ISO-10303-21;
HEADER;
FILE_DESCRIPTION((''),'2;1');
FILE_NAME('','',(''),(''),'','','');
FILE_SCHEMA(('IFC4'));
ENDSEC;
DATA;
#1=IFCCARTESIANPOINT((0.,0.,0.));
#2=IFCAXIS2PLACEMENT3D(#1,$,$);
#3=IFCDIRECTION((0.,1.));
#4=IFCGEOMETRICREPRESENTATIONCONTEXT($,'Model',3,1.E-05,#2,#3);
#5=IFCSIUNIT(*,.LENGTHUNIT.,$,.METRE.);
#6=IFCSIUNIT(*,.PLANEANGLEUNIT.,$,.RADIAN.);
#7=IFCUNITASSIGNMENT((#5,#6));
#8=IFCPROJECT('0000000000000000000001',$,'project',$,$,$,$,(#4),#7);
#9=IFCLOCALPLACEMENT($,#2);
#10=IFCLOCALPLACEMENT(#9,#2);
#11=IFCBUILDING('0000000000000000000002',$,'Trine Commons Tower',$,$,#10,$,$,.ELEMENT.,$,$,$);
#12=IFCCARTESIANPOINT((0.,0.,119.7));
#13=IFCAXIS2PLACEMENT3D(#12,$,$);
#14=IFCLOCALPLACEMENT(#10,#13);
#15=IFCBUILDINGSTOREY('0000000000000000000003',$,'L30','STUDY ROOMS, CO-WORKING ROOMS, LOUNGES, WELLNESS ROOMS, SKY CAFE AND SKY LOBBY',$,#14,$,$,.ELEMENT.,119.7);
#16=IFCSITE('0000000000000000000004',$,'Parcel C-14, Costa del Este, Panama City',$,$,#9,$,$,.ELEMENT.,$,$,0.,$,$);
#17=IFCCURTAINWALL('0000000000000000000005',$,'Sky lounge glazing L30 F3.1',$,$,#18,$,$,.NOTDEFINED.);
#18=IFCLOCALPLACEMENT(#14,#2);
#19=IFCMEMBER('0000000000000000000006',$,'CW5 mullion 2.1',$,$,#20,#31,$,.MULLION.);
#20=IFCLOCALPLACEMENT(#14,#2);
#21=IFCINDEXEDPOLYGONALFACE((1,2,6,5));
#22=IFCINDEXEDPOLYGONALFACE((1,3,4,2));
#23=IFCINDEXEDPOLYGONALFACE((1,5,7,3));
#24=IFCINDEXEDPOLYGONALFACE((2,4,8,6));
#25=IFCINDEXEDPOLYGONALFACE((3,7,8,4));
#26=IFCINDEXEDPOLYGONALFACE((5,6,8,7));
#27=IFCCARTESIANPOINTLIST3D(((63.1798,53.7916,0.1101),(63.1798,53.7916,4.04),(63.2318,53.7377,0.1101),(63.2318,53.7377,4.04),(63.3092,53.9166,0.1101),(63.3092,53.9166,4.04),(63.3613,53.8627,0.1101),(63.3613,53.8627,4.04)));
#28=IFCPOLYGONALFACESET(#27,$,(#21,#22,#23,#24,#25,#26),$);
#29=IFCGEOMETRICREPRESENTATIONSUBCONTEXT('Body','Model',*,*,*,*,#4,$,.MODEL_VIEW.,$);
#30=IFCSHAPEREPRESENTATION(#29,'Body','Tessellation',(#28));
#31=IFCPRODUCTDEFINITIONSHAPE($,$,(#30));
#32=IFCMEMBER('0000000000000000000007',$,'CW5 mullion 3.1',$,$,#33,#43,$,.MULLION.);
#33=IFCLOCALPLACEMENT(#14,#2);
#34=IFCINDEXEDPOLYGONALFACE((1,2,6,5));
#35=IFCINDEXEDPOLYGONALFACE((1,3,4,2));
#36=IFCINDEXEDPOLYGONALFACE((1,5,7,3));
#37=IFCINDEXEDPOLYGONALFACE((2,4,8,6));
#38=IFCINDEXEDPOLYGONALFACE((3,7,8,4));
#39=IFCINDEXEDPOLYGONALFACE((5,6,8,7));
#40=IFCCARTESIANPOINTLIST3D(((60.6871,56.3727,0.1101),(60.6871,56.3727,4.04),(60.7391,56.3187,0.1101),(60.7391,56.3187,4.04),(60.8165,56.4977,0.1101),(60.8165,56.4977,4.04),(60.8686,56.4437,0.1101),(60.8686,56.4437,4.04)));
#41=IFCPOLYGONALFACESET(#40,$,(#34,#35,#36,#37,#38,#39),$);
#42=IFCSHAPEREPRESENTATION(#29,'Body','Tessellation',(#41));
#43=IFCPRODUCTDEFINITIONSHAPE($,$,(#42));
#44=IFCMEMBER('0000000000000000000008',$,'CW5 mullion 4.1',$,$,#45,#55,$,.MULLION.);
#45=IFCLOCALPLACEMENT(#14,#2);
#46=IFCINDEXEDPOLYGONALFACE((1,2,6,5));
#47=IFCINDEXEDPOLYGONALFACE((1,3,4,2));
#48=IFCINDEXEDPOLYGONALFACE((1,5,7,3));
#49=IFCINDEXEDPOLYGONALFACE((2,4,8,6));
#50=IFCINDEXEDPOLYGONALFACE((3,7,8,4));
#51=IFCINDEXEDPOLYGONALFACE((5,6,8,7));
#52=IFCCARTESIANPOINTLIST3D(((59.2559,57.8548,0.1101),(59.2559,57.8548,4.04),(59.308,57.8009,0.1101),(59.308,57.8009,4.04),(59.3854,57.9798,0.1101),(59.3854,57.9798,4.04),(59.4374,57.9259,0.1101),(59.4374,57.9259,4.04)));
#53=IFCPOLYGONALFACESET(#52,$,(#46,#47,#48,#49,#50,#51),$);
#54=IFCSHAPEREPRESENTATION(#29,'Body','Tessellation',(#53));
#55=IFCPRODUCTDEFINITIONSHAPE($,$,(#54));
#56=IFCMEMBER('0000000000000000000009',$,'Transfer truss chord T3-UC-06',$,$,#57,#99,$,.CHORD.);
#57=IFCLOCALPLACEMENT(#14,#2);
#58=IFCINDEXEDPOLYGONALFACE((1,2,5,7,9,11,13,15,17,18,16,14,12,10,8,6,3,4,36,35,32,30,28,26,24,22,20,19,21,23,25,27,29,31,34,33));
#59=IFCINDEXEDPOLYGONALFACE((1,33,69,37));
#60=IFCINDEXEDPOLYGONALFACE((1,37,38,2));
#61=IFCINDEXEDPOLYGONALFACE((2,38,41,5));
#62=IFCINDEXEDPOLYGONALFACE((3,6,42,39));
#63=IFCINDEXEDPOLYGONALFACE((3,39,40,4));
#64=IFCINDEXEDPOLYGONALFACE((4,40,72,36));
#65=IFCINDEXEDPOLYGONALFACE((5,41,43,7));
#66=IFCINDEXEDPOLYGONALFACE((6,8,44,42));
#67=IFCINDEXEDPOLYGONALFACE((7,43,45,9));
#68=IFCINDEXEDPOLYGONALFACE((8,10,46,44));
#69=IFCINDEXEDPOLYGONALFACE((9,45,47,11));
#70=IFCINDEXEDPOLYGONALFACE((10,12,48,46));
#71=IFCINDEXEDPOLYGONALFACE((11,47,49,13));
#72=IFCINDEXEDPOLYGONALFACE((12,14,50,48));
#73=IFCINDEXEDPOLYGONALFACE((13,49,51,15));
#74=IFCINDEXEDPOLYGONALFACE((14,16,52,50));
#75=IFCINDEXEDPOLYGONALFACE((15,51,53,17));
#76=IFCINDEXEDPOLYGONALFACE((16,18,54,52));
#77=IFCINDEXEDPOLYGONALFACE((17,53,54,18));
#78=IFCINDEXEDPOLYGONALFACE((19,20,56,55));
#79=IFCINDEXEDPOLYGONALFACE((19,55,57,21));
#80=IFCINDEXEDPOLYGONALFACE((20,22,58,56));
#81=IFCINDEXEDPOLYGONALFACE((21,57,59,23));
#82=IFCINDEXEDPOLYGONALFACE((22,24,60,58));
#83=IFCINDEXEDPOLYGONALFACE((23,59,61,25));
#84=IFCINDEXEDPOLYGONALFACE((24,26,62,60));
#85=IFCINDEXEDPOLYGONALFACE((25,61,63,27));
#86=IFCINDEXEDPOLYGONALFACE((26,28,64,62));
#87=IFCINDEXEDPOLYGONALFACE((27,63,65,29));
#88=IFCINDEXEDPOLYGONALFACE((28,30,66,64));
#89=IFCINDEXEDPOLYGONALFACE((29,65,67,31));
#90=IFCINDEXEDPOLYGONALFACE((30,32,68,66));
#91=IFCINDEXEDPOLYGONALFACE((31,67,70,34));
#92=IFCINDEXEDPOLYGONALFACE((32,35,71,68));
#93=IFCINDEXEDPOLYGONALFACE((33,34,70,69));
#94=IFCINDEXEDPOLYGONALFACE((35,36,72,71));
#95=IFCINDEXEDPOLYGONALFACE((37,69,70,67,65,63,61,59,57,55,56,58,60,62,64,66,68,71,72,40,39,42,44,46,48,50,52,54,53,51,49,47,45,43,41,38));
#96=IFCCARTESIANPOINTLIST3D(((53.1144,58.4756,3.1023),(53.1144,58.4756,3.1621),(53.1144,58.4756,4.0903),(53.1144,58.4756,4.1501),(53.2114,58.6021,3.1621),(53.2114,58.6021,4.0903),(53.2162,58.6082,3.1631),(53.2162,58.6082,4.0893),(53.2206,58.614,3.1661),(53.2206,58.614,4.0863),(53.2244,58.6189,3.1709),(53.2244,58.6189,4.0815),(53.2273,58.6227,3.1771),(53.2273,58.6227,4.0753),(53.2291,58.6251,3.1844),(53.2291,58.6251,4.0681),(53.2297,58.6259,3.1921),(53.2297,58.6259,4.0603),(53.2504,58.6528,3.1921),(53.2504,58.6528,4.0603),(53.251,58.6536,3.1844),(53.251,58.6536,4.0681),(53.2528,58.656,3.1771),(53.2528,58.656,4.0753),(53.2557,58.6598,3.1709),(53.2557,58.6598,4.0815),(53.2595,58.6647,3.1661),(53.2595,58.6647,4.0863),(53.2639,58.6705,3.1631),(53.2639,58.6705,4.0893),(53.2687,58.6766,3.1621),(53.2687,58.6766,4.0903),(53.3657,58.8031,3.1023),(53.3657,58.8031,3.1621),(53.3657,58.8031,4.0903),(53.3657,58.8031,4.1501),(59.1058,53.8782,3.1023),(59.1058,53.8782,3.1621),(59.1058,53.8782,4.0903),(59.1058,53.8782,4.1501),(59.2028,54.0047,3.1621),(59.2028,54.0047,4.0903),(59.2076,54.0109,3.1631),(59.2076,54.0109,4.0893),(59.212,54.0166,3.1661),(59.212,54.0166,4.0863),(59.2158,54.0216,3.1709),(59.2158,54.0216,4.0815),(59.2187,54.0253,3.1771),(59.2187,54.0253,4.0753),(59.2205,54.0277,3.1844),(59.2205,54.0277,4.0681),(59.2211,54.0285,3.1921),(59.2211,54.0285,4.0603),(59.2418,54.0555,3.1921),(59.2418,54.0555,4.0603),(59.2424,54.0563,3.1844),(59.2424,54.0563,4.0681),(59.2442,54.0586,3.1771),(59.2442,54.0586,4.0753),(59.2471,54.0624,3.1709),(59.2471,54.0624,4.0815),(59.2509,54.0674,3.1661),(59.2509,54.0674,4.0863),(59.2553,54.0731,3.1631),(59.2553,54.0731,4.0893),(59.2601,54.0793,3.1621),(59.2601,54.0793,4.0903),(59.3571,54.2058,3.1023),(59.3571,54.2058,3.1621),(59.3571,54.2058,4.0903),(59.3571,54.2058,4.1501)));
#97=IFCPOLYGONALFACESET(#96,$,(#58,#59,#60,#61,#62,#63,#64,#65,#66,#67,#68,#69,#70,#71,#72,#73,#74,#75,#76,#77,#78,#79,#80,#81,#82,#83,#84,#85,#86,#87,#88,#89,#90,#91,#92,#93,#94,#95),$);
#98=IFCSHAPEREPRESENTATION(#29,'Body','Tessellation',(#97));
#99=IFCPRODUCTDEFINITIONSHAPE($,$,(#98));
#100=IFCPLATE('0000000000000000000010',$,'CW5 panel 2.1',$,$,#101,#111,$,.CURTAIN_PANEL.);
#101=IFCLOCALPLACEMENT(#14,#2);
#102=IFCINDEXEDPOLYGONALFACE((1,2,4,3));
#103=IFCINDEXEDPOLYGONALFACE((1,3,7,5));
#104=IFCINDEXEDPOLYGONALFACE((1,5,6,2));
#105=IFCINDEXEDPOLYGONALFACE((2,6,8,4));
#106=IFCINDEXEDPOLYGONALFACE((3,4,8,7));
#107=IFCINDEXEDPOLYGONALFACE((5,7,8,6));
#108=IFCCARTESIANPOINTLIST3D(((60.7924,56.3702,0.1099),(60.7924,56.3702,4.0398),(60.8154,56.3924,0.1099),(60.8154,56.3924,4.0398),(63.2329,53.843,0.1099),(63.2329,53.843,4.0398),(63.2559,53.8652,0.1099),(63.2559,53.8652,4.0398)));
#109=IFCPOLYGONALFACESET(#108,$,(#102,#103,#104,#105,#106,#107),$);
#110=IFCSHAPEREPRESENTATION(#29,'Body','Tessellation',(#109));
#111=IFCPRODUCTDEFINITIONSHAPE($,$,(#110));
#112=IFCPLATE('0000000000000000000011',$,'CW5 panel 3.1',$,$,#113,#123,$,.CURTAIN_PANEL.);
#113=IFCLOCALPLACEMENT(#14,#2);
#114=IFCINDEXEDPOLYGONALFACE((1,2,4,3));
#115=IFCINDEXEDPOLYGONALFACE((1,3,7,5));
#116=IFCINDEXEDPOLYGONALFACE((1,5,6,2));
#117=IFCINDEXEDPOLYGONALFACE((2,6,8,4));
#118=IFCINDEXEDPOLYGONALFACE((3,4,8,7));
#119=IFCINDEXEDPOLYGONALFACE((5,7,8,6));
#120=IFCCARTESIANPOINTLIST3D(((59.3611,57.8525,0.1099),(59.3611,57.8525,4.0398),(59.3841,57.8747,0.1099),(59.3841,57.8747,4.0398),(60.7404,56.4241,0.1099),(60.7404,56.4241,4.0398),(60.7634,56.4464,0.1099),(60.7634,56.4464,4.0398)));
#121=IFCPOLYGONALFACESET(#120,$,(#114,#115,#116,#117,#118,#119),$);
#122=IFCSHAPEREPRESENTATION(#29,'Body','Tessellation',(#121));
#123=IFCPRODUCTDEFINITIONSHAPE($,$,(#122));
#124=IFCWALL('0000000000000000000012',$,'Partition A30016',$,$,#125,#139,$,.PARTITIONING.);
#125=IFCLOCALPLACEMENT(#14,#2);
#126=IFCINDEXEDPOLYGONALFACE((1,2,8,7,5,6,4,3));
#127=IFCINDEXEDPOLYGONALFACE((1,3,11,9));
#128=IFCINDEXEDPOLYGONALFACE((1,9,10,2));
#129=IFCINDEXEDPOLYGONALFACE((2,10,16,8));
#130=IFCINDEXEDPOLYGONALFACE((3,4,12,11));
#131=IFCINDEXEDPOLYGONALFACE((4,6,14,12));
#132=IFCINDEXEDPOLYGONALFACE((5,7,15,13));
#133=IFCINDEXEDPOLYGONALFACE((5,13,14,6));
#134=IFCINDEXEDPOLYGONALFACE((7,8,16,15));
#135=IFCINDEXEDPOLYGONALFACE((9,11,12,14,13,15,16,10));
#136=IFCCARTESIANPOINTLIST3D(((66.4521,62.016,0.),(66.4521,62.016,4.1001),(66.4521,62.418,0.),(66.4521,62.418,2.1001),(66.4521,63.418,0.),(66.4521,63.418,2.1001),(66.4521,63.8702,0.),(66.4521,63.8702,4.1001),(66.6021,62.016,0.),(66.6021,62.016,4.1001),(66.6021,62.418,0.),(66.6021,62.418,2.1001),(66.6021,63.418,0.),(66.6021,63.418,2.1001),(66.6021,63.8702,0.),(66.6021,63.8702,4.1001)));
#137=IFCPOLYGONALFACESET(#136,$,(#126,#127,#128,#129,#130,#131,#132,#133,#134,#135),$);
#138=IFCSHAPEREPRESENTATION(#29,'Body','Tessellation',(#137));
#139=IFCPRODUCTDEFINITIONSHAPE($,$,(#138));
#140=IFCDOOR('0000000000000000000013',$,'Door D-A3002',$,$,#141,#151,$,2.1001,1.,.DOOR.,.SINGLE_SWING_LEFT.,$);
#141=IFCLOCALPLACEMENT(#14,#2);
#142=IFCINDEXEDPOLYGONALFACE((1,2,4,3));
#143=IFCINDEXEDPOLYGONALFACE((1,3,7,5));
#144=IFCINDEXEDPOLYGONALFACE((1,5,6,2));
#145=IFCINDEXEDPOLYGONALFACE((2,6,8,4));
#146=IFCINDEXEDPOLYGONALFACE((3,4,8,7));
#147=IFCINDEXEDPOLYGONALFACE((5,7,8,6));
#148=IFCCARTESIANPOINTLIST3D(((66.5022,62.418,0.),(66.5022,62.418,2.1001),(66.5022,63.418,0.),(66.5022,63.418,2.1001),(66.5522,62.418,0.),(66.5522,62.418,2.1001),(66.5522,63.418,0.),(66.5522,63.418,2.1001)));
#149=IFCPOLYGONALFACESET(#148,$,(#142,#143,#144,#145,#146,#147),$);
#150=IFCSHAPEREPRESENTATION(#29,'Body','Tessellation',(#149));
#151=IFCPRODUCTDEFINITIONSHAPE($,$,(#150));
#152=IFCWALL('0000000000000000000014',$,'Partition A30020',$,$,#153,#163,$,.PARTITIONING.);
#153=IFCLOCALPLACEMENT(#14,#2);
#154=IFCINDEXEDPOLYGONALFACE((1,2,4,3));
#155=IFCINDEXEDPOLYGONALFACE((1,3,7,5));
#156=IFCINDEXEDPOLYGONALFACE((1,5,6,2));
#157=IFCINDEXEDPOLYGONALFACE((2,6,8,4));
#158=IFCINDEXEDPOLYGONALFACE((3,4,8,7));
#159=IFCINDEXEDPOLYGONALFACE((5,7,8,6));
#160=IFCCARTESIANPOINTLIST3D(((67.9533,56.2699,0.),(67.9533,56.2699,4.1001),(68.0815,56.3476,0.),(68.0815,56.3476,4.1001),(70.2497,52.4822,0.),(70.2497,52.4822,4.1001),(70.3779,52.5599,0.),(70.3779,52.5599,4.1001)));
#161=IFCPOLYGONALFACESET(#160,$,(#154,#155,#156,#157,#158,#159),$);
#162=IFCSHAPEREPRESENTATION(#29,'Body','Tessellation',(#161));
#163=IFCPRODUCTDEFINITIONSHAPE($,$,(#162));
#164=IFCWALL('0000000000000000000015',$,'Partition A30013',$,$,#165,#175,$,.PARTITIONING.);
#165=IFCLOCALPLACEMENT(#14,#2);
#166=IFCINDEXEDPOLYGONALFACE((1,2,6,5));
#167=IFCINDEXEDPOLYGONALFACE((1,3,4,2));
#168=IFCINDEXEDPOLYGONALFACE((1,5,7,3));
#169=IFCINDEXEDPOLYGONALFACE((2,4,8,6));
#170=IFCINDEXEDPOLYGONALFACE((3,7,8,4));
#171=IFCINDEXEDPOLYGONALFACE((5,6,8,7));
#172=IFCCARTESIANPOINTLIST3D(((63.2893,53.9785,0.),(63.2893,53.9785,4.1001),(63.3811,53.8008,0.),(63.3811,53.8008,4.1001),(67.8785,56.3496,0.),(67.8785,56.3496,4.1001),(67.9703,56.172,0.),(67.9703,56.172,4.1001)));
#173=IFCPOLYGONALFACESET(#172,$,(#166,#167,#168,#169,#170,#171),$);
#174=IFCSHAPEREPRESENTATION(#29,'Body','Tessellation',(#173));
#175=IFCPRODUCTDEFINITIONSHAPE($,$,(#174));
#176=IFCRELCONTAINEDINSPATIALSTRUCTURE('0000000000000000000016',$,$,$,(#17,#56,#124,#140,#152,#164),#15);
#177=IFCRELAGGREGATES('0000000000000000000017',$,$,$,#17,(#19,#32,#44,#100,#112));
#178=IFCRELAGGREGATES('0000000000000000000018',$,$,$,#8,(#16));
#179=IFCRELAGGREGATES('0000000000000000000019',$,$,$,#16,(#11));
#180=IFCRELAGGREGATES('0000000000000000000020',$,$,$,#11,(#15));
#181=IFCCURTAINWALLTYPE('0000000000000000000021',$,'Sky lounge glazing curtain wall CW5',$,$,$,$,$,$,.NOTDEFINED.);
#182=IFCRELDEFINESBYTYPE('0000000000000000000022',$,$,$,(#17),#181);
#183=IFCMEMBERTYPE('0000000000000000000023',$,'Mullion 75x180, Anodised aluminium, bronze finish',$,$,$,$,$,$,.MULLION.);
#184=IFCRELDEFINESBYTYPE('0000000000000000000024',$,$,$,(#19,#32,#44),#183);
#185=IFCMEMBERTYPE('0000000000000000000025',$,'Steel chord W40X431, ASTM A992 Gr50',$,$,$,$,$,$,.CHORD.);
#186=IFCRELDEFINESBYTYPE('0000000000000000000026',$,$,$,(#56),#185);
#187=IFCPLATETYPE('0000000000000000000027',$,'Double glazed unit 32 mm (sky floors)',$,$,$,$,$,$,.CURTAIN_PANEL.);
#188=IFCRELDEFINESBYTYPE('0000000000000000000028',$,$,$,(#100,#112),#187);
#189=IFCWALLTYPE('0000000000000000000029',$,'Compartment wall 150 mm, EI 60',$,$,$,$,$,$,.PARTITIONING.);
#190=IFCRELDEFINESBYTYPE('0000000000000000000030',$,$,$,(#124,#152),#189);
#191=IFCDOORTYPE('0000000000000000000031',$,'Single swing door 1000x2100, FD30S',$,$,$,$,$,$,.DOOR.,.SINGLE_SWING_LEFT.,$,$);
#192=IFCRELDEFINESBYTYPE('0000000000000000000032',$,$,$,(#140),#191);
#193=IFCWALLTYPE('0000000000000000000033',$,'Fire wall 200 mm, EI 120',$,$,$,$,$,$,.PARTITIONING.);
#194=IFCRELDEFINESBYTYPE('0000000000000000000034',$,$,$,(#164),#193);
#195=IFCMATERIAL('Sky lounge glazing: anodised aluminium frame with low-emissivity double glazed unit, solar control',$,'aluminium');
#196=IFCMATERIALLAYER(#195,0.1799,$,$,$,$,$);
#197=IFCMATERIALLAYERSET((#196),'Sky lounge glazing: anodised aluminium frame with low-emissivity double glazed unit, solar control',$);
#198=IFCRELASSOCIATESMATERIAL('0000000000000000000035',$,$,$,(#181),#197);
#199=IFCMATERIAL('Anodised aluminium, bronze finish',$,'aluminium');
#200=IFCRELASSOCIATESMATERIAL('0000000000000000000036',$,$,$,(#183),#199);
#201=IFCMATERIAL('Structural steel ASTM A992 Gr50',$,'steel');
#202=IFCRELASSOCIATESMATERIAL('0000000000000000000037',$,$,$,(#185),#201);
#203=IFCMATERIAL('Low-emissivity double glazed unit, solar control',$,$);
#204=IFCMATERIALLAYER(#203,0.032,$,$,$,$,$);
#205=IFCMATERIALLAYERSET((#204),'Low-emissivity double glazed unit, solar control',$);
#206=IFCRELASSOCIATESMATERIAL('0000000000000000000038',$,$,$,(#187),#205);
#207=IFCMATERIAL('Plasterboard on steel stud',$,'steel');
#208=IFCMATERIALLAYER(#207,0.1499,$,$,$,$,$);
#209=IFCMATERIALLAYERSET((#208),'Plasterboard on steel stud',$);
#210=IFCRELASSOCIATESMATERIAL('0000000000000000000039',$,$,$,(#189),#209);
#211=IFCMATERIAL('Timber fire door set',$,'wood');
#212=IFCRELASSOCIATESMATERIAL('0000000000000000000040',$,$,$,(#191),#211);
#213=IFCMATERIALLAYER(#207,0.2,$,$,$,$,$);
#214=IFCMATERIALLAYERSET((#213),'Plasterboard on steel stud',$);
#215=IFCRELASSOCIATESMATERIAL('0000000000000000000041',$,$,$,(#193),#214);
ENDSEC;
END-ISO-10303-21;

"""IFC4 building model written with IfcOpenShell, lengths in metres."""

from ifc_helpers import new_model, si_unit, direction, frame, frame_2d, origin, origin_2d, place, context, subcontext, project, spatial, rectangle, i_section, extrude, material, layer, layer_set, material_profile, profile_set, type_object, element, fill, aggregate, save


model = new_model("IFC4")

# Units and contexts
model_context = context("Model", 3, precision=1e-05, world=origin(), true_north=direction((0.0, 1.0)))
body_context = subcontext(model_context, "Body", "Model", "MODEL_VIEW")
ifc_project = project(units=[si_unit("LENGTHUNIT", "METRE"), si_unit("PLANEANGLEUNIT", "RADIAN")], contexts=[model_context])

# Site, building, storey
site_placement = place(None, origin())
site = spatial("IfcSite", under=ifc_project, at=site_placement, Name="Parcel C-14, Costa del Este, Panama City", CompositionType="ELEMENT", RefElevation=0.0)
building_placement = place(site_placement, origin())
building = spatial("IfcBuilding", under=site, at=building_placement, Name="Trine Commons Tower", CompositionType="ELEMENT")
storey_placement = place(building_placement, frame((0.0, 0.0, 119.7)))
storey = spatial("IfcBuildingStorey", under=building, at=storey_placement, Name="L30", Description="STUDY ROOMS, CO-WORKING ROOMS, LOUNGES, WELLNESS ROOMS, SKY CAFE AND SKY LOBBY", CompositionType="ELEMENT", Elevation=119.7)

# Curtain wall, members
ifc_material_1 = material(Name="Sky lounge glazing: anodised aluminium frame with low-emissivity double glazed unit, solar control", Category="aluminium")
ifc_layer_1 = layer(ifc_material_1, 0.1799)
ifc_layer_set_1 = layer_set([ifc_layer_1], Name="Sky lounge glazing: anodised aluminium frame with low-emissivity double glazed unit, solar control")
curtain_wall_type = type_object("IfcCurtainWallType", Name="Sky lounge glazing curtain wall CW5", PredefinedType="NOTDEFINED", material=ifc_layer_set_1)
curtain_wall_placement = place(storey_placement, origin())
curtain_wall = element("IfcCurtainWall", 1, at=curtain_wall_placement, inside=storey, type_object=curtain_wall_type, Name="Sky lounge glazing L30 F3.1", PredefinedType="NOTDEFINED")
ifc_material_2 = material(Name="Anodised aluminium, bronze finish", Category="aluminium")
ifc_material_profile_1 = material_profile(ifc_material_2, rectangle(XDim=0.1799, YDim=0.075, at=origin_2d()), Name="Mullion 75x180")
ifc_profile_set_1 = profile_set([ifc_material_profile_1], Name="Anodised aluminium, bronze finish")
member_type_1 = type_object("IfcMemberType", Name="Mullion 75x180, Anodised aluminium, bronze finish", PredefinedType="MULLION", material=ifc_profile_set_1)
member_1_placement = place(storey_placement, frame((63.2705, 53.8271, 0.1101), z_axis=(0.0, 0.0, 1.0), x_axis=(-0.71934, -0.694658, 0.0)))
member_1 = element("IfcMember", 2, at=member_1_placement, type_object=member_type_1, Name="CW5 mullion 2.1", PredefinedType="MULLION", context=body_context, shape_type="SweptSolid", body=[
    extrude(rectangle(XDim=0.1799, YDim=0.075, at=origin_2d()), origin(), (0.0, 0.0, 1.0), 3.9299),
])
member_2_placement = place(storey_placement, frame((60.7778, 56.4082, 0.1101), z_axis=(0.0, 0.0, 1.0), x_axis=(-0.71934, -0.694658, 0.0)))
member_2 = element("IfcMember", 3, at=member_2_placement, type_object=member_type_1, Name="CW5 mullion 3.1", PredefinedType="MULLION", context=body_context, shape_type="SweptSolid", body=[
    extrude(rectangle(XDim=0.1799, YDim=0.075, at=origin_2d()), origin(), (0.0, 0.0, 1.0), 3.9299),
])
member_3_placement = place(storey_placement, frame((59.3467, 57.8904, 0.1101), z_axis=(0.0, 0.0, 1.0), x_axis=(-0.71934, -0.694658, 0.0)))
member_3 = element("IfcMember", 4, at=member_3_placement, type_object=member_type_1, Name="CW5 mullion 4.1", PredefinedType="MULLION", context=body_context, shape_type="SweptSolid", body=[
    extrude(rectangle(XDim=0.1799, YDim=0.075, at=origin_2d()), origin(), (0.0, 0.0, 1.0), 3.9299),
])

# Member
ifc_material_3 = material(Name="Structural steel ASTM A992 Gr50", Category="steel")
ifc_material_profile_2 = material_profile(ifc_material_3, i_section(OverallWidth=0.4128, OverallDepth=1.0479, WebThickness=0.0339, FlangeThickness=0.0598, FilletRadius=0.03, at=origin_2d()), Name="W40X431")
ifc_profile_set_2 = profile_set([ifc_material_profile_2], Name="Structural steel ASTM A992 Gr50")
member_type_2 = type_object("IfcMemberType", Name="Steel chord W40X431, ASTM A992 Gr50", PredefinedType="CHORD", material=ifc_profile_set_2)
member_4_placement = place(storey_placement, frame((59.2314, 54.042, 3.6262), z_axis=(-0.793353, 0.608762, 0.0), x_axis=(-0.608762, -0.793353, 0.0)))
element("IfcMember", 5, at=member_4_placement, inside=storey, type_object=member_type_2, Name="Transfer truss chord T3-UC-06", PredefinedType="CHORD", context=body_context, shape_type="SweptSolid", body=[
    extrude(i_section(OverallWidth=0.4128, OverallDepth=1.0479, WebThickness=0.0339, FlangeThickness=0.0598, FilletRadius=0.03, at=origin_2d()), origin(), (0.0, 0.0, 1.0), 7.552),
])

# Plates
ifc_material_4 = material(Name="Low-emissivity double glazed unit, solar control")
ifc_layer_2 = layer(ifc_material_4, 0.032)
ifc_layer_set_2 = layer_set([ifc_layer_2], Name="Low-emissivity double glazed unit, solar control")
plate_type = type_object("IfcPlateType", Name="Double glazed unit 32 mm (sky floors)", PredefinedType="CURTAIN_PANEL", material=ifc_layer_set_2)
plate_1_placement = place(storey_placement, frame((62.0242, 55.1177, 0.1099), z_axis=(0.0, 0.0, 1.0), x_axis=(-0.694658, 0.71934, 0.0)))
plate_1 = element("IfcPlate", 6, at=plate_1_placement, type_object=plate_type, Name="CW5 panel 2.1", PredefinedType="CURTAIN_PANEL", context=body_context, shape_type="SweptSolid", body=[
    extrude(rectangle(XDim=3.5132, YDim=0.032, at=origin_2d()), origin(), (0.0, 0.0, 1.0), 3.9299),
])
plate_2_placement = place(storey_placement, frame((60.0623, 57.1494, 0.1099), z_axis=(0.0, 0.0, 1.0), x_axis=(-0.694658, 0.71934, 0.0)))
plate_2 = element("IfcPlate", 7, at=plate_2_placement, type_object=plate_type, Name="CW5 panel 3.1", PredefinedType="CURTAIN_PANEL", context=body_context, shape_type="SweptSolid", body=[
    extrude(rectangle(XDim=1.9856, YDim=0.032, at=origin_2d()), origin(), (0.0, 0.0, 1.0), 3.9299),
])
aggregate(curtain_wall, [member_1, member_2, member_3, plate_1, plate_2])

# Wall, opening, door
ifc_material_5 = material(Name="Plasterboard on steel stud", Category="steel")
ifc_layer_3 = layer(ifc_material_5, 0.1499)
ifc_layer_set_3 = layer_set([ifc_layer_3], Name="Plasterboard on steel stud")
wall_type_1 = type_object("IfcWallType", Name="Compartment wall 150 mm, EI 60", PredefinedType="PARTITIONING", material=ifc_layer_set_3)
wall_1_placement = place(storey_placement, frame((66.5271, 62.0159, 0.0), z_axis=(0.0, 0.0, 1.0), x_axis=(0.0, 1.0, 0.0)))
wall_1 = element("IfcWall", 8, at=wall_1_placement, inside=storey, type_object=wall_type_1, Name="Partition A30016", PredefinedType="PARTITIONING", context=body_context, shape_type="SweptSolid", body=[
    extrude(rectangle(XDim=1.8542, YDim=0.1499, at=frame_2d((0.9272, 0.0))), origin(), (0.0, 0.0, 1.0), 4.1001),
])
opening_1_placement = place(wall_1_placement, frame((0.4021, 0.0, 0.0)))
opening_1 = element("IfcOpeningElement", 9, at=opening_1_placement, cuts=wall_1, PredefinedType="OPENING", context=body_context, shape_type="SweptSolid", body=[
    extrude(rectangle(XDim=1.0, YDim=2.1001, at=frame_2d((0.5, 1.05))), frame((0.0, 0.085, 0.0), z_axis=(0.0, -1.0, 0.0), x_axis=(1.0, 0.0, 0.0)), (0.0, 0.0, 1.0), 0.1699),
])
ifc_material_6 = material(Name="Timber fire door set", Category="wood")
door_type_1 = type_object("IfcDoorType", Name="Single swing door 1000x2100, FD30S", OperationType="SINGLE_SWING_LEFT", PredefinedType="DOOR", material=ifc_material_6)
door_1_placement = place(opening_1_placement, origin())
door_1 = element("IfcDoor", 10, at=door_1_placement, inside=storey, type_object=door_type_1, Name="Door D-A3002", OperationType="SINGLE_SWING_LEFT", OverallHeight=2.1001, OverallWidth=1.0, PredefinedType="DOOR", context=body_context, shape_type="SweptSolid", body=[
    extrude(rectangle(XDim=1.0, YDim=2.1001, at=frame_2d((0.5, 1.05))), frame((0.0, 0.0249, 0.0), z_axis=(0.0, -1.0, 0.0), x_axis=(1.0, 0.0, 0.0)), (0.0, 0.0, 1.0), 0.05),
])
fill(opening_1, door_1)

# Walls
wall_2_placement = place(storey_placement, frame((68.0173, 56.3088, 0.0), z_axis=(0.0, 0.0, 1.0), x_axis=(0.518446, -0.85511, 0.0)))
element("IfcWall", 11, at=wall_2_placement, inside=storey, type_object=wall_type_1, Name="Partition A30020", PredefinedType="PARTITIONING", context=body_context, shape_type="SweptSolid", body=[
    extrude(rectangle(XDim=4.4294, YDim=0.1499, at=frame_2d((2.2148, 0.0))), origin(), (0.0, 0.0, 1.0), 4.1001),
])
ifc_layer_4 = layer(ifc_material_5, 0.2)
ifc_layer_set_4 = layer_set([ifc_layer_4], Name="Plasterboard on steel stud")
wall_type_2 = type_object("IfcWallType", Name="Fire wall 200 mm, EI 120", PredefinedType="PARTITIONING", material=ifc_layer_set_4)
wall_3_placement = place(storey_placement, frame((63.3352, 53.8896, 0.0), z_axis=(0.0, 0.0, 1.0), x_axis=(0.888422, 0.459028, 0.0)))
element("IfcWall", 12, at=wall_3_placement, inside=storey, type_object=wall_type_2, Name="Partition A30013", PredefinedType="PARTITIONING", context=body_context, shape_type="SweptSolid", body=[
    extrude(rectangle(XDim=5.1655, YDim=0.2, at=frame_2d((2.5828, 0.0))), origin(), (0.0, 0.0, 1.0), 4.1001),
])

save(model, "model.ifc")
